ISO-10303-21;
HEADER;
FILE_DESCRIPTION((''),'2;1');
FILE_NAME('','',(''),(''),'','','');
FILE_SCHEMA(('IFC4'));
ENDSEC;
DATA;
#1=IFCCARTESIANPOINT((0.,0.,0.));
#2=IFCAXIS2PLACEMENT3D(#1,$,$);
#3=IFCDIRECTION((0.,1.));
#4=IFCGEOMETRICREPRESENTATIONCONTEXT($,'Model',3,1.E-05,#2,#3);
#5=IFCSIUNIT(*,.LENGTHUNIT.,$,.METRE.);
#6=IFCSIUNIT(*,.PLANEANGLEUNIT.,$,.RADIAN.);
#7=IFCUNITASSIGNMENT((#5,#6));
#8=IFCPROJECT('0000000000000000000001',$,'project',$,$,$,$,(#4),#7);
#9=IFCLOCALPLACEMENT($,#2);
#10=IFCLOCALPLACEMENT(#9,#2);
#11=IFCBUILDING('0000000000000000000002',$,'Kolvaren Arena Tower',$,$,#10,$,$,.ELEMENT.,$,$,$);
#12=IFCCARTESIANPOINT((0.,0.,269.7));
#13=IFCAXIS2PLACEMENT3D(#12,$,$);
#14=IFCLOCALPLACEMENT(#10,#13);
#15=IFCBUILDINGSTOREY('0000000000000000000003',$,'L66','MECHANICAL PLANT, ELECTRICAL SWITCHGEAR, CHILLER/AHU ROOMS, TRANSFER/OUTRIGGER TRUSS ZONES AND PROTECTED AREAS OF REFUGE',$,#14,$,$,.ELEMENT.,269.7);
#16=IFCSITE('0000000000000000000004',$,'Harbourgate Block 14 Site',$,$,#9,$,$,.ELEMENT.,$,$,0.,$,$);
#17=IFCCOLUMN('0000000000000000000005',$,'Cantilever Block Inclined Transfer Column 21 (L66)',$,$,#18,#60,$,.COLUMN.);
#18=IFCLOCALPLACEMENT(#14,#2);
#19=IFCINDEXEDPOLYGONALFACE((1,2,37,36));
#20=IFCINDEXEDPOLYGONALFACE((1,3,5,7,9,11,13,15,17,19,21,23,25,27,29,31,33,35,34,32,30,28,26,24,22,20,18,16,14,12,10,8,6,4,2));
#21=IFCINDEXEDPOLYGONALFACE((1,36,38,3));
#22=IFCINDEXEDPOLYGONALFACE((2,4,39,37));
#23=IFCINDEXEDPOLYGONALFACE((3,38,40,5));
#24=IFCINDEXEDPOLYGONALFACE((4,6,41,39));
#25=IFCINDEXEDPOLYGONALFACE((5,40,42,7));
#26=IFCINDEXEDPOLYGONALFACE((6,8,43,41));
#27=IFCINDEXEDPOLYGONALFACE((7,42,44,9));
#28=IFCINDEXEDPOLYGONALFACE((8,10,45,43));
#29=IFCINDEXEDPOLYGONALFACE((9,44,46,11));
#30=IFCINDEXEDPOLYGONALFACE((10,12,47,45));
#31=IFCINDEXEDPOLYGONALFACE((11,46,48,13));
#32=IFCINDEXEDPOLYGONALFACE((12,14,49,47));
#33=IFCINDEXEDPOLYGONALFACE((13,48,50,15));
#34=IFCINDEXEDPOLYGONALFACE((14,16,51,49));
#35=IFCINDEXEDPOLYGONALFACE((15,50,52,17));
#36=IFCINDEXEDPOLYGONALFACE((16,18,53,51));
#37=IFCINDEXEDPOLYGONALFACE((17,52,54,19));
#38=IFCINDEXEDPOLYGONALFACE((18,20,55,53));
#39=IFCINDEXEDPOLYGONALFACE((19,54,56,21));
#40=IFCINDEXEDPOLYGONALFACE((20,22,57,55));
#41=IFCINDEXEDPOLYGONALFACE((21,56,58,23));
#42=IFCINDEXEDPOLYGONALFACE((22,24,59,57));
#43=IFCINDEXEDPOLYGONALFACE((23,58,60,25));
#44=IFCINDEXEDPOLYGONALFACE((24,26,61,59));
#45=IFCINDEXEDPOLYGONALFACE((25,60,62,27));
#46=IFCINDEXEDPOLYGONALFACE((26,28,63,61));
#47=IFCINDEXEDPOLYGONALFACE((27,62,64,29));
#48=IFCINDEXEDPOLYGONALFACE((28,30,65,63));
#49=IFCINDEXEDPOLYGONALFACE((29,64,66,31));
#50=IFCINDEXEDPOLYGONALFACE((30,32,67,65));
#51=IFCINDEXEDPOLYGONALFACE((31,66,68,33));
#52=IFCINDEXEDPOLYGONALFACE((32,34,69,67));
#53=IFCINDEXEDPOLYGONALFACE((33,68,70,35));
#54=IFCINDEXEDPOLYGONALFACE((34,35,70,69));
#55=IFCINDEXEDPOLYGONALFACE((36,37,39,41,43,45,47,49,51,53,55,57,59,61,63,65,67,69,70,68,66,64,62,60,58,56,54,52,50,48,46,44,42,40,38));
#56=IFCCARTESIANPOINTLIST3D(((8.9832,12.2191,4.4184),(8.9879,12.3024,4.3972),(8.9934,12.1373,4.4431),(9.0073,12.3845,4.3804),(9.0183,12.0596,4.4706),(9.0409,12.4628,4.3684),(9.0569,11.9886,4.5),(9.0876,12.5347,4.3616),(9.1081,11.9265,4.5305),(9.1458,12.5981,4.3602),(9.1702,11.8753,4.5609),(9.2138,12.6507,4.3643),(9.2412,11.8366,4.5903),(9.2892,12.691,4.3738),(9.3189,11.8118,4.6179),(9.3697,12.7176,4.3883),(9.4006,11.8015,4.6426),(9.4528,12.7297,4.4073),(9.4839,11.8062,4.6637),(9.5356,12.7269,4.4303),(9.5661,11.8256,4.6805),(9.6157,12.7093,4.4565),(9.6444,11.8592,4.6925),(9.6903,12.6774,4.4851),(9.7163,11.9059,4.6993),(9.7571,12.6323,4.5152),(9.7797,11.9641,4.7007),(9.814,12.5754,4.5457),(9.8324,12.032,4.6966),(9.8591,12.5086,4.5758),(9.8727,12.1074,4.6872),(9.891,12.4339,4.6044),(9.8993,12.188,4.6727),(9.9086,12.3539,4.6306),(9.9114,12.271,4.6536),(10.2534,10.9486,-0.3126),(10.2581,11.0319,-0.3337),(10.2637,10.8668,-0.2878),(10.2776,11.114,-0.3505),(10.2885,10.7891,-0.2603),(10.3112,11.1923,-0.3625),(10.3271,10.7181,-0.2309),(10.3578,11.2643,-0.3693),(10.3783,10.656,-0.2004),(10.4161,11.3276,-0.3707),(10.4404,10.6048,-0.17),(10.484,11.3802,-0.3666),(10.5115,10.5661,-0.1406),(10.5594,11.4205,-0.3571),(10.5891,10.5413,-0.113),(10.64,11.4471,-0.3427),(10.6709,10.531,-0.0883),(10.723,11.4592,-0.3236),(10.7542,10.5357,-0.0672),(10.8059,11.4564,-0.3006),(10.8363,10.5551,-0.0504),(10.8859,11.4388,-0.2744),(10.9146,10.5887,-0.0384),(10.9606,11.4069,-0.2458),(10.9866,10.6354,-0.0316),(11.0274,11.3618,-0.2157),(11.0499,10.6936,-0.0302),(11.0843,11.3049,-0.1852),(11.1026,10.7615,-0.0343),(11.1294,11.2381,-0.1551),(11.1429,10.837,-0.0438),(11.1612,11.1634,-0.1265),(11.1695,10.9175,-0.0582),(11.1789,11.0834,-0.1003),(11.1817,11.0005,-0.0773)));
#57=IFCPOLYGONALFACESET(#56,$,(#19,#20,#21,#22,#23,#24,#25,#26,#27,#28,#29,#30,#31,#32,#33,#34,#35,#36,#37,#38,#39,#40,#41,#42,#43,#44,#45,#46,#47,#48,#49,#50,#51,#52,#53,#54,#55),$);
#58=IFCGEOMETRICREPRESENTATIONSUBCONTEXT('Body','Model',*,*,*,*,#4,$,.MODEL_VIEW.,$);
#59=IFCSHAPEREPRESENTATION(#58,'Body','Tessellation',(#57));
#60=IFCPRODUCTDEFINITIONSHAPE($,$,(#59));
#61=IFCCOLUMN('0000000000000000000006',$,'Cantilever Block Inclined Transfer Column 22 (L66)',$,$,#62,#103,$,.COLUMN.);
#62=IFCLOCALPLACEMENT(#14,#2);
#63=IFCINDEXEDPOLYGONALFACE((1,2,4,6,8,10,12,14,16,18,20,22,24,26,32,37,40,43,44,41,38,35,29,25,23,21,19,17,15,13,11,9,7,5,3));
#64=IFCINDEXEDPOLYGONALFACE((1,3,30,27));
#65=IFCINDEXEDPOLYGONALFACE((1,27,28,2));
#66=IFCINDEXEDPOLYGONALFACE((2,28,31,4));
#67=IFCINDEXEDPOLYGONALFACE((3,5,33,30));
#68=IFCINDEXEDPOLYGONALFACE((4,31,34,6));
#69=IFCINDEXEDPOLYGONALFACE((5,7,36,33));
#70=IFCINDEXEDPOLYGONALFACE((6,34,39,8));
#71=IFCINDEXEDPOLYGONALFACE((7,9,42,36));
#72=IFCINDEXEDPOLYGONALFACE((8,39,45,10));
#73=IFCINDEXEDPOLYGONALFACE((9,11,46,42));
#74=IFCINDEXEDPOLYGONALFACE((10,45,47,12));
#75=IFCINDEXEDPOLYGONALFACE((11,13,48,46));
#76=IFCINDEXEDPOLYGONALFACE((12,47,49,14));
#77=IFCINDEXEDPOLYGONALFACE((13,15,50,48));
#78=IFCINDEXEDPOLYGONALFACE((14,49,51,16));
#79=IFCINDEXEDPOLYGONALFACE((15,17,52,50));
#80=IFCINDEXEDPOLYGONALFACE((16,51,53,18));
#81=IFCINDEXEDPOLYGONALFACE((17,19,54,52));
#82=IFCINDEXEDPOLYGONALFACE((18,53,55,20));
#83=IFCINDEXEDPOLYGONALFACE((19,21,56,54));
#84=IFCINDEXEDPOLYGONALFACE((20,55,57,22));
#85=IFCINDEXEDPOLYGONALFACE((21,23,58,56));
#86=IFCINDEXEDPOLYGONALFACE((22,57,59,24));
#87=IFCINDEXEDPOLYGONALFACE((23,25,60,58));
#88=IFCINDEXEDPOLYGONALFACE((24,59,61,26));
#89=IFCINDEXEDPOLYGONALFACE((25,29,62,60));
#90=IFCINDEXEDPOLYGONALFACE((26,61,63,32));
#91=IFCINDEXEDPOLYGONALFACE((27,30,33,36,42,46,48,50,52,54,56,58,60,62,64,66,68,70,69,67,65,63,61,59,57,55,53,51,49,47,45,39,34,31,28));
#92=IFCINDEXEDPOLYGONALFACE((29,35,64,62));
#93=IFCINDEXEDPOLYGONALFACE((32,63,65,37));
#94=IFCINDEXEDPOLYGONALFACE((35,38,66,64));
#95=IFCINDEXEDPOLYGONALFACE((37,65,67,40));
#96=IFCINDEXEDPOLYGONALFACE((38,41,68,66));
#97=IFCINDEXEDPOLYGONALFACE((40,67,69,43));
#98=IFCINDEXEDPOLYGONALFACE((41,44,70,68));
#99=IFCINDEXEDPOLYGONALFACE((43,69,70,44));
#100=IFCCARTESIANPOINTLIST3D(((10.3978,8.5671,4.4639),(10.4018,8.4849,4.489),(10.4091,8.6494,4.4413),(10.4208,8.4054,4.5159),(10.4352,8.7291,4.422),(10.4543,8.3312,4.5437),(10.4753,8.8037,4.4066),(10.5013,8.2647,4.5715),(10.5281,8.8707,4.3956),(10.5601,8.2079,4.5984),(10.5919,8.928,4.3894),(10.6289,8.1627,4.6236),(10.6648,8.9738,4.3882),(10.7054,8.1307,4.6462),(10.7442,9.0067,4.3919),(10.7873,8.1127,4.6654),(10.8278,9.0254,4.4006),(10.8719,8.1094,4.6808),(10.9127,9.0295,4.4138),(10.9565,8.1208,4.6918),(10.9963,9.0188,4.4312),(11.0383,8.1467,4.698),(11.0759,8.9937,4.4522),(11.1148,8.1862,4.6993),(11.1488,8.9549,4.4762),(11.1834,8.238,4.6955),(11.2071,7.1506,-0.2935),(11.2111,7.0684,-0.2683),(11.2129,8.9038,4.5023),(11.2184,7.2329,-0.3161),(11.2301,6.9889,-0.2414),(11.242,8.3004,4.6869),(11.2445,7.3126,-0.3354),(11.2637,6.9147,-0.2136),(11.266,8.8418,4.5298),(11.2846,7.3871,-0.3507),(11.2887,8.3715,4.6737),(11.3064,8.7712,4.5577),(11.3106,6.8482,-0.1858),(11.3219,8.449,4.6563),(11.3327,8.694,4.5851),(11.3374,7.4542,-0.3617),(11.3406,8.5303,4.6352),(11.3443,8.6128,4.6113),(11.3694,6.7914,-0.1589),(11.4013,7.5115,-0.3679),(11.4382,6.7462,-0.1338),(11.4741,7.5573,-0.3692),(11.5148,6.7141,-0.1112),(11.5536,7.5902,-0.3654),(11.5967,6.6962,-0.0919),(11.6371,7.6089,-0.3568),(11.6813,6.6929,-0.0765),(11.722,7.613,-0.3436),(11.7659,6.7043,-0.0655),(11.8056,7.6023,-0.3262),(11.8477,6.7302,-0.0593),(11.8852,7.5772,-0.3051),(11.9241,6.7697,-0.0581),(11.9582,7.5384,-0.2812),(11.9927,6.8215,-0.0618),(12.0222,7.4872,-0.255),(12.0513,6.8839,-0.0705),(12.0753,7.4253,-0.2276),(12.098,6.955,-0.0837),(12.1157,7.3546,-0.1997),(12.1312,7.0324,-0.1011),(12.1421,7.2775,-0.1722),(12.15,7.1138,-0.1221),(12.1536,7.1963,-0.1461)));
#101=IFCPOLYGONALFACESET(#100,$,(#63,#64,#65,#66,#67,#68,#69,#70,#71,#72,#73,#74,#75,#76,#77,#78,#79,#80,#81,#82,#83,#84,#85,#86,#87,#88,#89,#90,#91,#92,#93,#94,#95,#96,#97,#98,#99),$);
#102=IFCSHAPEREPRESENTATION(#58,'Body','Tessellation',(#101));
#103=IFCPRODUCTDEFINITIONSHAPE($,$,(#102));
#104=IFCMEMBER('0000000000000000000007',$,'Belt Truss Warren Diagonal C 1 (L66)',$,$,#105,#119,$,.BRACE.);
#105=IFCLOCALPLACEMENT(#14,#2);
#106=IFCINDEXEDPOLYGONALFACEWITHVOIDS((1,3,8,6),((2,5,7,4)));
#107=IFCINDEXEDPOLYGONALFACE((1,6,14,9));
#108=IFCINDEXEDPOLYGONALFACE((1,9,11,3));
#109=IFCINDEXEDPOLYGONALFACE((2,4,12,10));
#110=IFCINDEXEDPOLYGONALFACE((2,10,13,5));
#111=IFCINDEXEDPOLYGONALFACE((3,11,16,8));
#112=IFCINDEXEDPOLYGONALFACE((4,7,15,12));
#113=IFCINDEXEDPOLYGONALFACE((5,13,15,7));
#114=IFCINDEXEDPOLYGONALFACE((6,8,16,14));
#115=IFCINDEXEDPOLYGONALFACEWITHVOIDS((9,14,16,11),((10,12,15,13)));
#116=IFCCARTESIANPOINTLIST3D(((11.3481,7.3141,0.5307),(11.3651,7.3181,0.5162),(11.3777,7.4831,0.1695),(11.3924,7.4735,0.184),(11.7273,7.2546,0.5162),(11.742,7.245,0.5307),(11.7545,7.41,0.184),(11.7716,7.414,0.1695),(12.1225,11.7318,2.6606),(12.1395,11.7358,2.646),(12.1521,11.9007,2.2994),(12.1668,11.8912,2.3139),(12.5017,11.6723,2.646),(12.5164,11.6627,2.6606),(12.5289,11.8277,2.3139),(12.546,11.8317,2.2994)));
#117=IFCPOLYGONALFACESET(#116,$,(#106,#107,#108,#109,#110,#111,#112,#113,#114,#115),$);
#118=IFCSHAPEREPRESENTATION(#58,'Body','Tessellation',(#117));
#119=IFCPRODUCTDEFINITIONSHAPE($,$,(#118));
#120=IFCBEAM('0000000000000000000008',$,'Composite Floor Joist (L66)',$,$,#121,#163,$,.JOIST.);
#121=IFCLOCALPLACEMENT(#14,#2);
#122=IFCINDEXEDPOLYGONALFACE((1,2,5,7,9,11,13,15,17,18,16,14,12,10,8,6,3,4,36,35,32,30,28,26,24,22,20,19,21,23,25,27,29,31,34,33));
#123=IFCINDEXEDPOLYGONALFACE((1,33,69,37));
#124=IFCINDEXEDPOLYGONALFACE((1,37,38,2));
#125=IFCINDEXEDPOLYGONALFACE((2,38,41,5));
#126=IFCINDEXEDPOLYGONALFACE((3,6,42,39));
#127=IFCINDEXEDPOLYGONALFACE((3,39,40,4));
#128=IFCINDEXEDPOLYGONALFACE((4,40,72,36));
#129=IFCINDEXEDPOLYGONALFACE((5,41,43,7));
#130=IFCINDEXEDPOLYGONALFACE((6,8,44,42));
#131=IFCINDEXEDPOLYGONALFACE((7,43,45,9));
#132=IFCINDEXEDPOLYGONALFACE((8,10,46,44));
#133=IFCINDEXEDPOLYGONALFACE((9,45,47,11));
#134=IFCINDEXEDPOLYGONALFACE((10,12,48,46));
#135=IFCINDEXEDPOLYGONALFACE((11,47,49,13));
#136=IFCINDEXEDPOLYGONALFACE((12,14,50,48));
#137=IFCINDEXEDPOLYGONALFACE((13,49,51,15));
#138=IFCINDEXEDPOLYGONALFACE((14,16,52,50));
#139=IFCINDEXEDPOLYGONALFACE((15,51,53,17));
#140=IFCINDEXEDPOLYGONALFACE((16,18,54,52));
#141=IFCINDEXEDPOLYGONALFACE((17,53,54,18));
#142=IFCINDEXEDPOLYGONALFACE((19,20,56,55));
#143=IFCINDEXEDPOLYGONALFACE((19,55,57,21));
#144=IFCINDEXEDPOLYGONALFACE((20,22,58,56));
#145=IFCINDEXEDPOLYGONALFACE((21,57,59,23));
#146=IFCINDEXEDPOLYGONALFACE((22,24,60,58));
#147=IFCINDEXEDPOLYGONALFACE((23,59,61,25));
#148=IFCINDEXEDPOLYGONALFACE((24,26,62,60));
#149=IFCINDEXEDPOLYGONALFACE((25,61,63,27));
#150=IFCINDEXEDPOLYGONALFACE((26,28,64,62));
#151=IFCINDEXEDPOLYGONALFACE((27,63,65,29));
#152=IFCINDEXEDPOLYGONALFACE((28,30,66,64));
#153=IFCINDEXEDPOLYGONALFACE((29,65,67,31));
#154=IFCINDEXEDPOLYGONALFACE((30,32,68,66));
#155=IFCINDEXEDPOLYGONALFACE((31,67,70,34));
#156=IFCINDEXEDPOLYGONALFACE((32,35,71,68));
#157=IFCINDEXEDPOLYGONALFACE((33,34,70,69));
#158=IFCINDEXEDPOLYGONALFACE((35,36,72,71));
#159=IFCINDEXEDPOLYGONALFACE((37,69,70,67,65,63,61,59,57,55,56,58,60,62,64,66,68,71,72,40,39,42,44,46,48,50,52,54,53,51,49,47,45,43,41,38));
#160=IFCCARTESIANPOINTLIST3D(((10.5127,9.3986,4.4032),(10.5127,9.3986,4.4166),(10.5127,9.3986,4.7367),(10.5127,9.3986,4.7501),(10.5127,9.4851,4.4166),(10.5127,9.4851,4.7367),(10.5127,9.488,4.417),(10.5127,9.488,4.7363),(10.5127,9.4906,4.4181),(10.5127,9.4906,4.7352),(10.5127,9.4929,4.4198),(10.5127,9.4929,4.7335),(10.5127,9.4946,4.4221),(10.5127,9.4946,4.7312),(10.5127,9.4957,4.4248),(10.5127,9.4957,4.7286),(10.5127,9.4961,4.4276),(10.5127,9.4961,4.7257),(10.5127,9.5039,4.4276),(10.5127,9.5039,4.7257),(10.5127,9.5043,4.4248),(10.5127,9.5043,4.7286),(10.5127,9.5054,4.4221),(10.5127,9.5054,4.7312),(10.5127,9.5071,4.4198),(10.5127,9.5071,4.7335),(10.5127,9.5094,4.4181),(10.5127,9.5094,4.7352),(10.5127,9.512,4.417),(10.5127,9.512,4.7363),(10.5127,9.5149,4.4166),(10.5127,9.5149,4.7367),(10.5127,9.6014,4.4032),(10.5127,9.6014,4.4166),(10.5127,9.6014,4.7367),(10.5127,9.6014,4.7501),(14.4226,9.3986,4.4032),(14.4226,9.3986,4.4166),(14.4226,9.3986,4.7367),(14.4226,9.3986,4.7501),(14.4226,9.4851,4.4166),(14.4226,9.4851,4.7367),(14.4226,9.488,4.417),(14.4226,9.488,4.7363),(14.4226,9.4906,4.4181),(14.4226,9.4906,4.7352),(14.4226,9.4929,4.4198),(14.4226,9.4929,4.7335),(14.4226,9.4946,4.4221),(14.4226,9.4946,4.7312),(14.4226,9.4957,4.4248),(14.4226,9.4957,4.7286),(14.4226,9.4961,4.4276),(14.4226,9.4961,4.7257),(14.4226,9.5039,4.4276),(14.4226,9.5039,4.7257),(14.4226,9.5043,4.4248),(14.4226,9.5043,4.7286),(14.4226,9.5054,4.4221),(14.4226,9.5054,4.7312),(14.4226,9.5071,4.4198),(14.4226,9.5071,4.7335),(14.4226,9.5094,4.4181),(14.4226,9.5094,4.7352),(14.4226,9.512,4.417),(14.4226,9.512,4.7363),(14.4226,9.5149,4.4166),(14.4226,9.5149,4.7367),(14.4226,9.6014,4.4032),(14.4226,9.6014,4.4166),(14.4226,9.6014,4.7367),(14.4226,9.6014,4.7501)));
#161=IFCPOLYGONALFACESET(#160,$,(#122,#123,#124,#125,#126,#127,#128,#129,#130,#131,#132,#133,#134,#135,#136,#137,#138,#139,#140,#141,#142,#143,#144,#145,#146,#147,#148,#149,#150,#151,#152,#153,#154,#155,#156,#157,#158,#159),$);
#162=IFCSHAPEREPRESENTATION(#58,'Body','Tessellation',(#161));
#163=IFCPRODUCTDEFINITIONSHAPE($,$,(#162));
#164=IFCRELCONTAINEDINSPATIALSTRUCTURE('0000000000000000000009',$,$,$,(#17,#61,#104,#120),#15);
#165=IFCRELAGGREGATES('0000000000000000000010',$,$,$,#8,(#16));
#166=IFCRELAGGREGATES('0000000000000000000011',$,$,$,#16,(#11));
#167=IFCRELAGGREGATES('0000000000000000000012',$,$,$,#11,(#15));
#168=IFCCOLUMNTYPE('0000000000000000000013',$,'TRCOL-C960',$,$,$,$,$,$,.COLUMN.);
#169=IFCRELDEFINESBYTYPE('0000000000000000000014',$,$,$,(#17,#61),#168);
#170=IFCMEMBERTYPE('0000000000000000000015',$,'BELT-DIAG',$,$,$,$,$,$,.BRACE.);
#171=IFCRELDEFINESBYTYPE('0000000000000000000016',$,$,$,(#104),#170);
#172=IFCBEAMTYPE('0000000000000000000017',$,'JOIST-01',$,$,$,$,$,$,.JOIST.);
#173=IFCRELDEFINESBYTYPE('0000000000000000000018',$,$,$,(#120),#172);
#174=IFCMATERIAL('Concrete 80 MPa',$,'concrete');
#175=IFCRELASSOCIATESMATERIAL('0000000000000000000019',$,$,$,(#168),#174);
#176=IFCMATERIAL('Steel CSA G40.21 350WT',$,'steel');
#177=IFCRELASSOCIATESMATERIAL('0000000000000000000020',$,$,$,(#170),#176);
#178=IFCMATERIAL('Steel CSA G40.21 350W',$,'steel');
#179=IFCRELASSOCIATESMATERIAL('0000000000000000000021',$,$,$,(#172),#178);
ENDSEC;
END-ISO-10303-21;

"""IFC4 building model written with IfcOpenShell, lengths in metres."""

from ifc_helpers import new_model, si_unit, direction, frame, origin, origin_2d, place, context, subcontext, project, spatial, hollow_rectangle, circle, i_section, extrude, material, material_profile, profile_set, type_object, element, save


model = new_model("IFC4")

# Units and contexts
model_context = context("Model", 3, precision=1e-05, world=origin(), true_north=direction((0.0, 1.0)))
body_context = subcontext(model_context, "Body", "Model", "MODEL_VIEW")
ifc_project = project(units=[si_unit("LENGTHUNIT", "METRE"), si_unit("PLANEANGLEUNIT", "RADIAN")], contexts=[model_context])

# Site, building, storey
site_placement = place(None, origin())
site = spatial("IfcSite", under=ifc_project, at=site_placement, Name="Harbourgate Block 14 Site", CompositionType="ELEMENT", RefElevation=0.0)
building_placement = place(site_placement, origin())
building = spatial("IfcBuilding", under=site, at=building_placement, Name="Kolvaren Arena Tower", CompositionType="ELEMENT")
storey_placement = place(building_placement, frame((0.0, 0.0, 269.7)))
storey = spatial("IfcBuildingStorey", under=building, at=storey_placement, Name="L66", Description="MECHANICAL PLANT, ELECTRICAL SWITCHGEAR, CHILLER/AHU ROOMS, TRANSFER/OUTRIGGER TRUSS ZONES AND PROTECTED AREAS OF REFUGE", CompositionType="ELEMENT", Elevation=269.7)

# Columns
ifc_material_1 = material(Name="Concrete 80 MPa", Category="concrete")
ifc_material_profile_1 = material_profile(ifc_material_1, circle(Radius=0.48, at=origin_2d()), Name="RC-CIRC-960")
ifc_profile_set_1 = profile_set([ifc_material_profile_1], Name="Concrete 80 MPa")
column_type = type_object("IfcColumnType", Name="TRCOL-C960", PredefinedType="COLUMN", material=ifc_profile_set_1)
column_1_placement = place(storey_placement, frame((10.7178, 10.9954, -0.2004), z_axis=(-0.25101, 0.251059, 0.93486), x_axis=(-0.707175, -0.707039, 0.0)))
element("IfcColumn", 1, at=column_1_placement, inside=storey, type_object=column_type, Name="Cantilever Block Inclined Transfer Column 21 (L66)", PredefinedType="COLUMN", context=body_context, shape_type="SweptSolid", body=[
    extrude(circle(Radius=0.48, at=origin_2d()), origin(), (0.0, 0.0, 1.0), 5.0605),
])
column_2_placement = place(storey_placement, frame((11.6804, 7.1528, -0.2136), z_axis=(-0.160923, 0.281652, 0.945926), x_axis=(-0.868271, -0.496091, 0.0)))
element("IfcColumn", 2, at=column_2_placement, inside=storey, type_object=column_type, Name="Cantilever Block Inclined Transfer Column 22 (L66)", PredefinedType="COLUMN", context=body_context, shape_type="SweptSolid", body=[
    extrude(circle(Radius=0.48, at=origin_2d()), origin(), (0.0, 0.0, 1.0), 5.0293),
])

# Member
ifc_material_2 = material(Name="Steel CSA G40.21 350WT", Category="steel")
ifc_material_profile_2 = material_profile(ifc_material_2, hollow_rectangle(XDim=0.3999, YDim=0.3999, WallThickness=0.0161, at=origin_2d()), Name="HSS 400x400x16")
ifc_profile_set_2 = profile_set([ifc_material_profile_2], Name="Steel CSA G40.21 350WT")
member_type = type_object("IfcMemberType", Name="BELT-DIAG", PredefinedType="BRACE", material=ifc_profile_set_2)
member_placement = place(storey_placement, frame((12.3342, 11.7817, 2.48), z_axis=(-0.155971, -0.889752, -0.428969), x_axis=(0.984981, -0.172664, 0.0)))
element("IfcMember", 3, at=member_placement, inside=storey, type_object=member_type, Name="Belt Truss Warren Diagonal C 1 (L66)", PredefinedType="BRACE", context=body_context, shape_type="SweptSolid", body=[
    extrude(hollow_rectangle(XDim=0.3999, YDim=0.3999, WallThickness=0.0161, at=origin_2d()), origin(), (0.0, 0.0, 1.0), 4.9651),
])

# Beam
ifc_material_3 = material(Name="Steel CSA G40.21 350W", Category="steel")
ifc_material_profile_3 = material_profile(ifc_material_3, i_section(OverallWidth=0.2029, OverallDepth=0.3469, WebThickness=0.0078, FlangeThickness=0.0134, FilletRadius=0.011, at=origin_2d()), Name="W360x64")
ifc_profile_set_3 = profile_set([ifc_material_profile_3], Name="Steel CSA G40.21 350W")
beam_type_1 = type_object("IfcBeamType", Name="JOIST-01", PredefinedType="JOIST", material=ifc_profile_set_3)
beam_1_placement = place(storey_placement, frame((10.5127, 9.5, 4.5767), z_axis=(1.0, 0.0, 0.0), x_axis=(0.0, 1.0, 0.0)))
element("IfcBeam", 4, at=beam_1_placement, inside=storey, type_object=beam_type_1, Name="Composite Floor Joist (L66)", PredefinedType="JOIST", context=body_context, shape_type="SweptSolid", body=[
    extrude(i_section(OverallWidth=0.2029, OverallDepth=0.3469, WebThickness=0.0078, FlangeThickness=0.0134, FilletRadius=0.011, at=origin_2d()), origin(), (0.0, 0.0, 1.0), 3.9099),
])

save(model, "model.ifc")
